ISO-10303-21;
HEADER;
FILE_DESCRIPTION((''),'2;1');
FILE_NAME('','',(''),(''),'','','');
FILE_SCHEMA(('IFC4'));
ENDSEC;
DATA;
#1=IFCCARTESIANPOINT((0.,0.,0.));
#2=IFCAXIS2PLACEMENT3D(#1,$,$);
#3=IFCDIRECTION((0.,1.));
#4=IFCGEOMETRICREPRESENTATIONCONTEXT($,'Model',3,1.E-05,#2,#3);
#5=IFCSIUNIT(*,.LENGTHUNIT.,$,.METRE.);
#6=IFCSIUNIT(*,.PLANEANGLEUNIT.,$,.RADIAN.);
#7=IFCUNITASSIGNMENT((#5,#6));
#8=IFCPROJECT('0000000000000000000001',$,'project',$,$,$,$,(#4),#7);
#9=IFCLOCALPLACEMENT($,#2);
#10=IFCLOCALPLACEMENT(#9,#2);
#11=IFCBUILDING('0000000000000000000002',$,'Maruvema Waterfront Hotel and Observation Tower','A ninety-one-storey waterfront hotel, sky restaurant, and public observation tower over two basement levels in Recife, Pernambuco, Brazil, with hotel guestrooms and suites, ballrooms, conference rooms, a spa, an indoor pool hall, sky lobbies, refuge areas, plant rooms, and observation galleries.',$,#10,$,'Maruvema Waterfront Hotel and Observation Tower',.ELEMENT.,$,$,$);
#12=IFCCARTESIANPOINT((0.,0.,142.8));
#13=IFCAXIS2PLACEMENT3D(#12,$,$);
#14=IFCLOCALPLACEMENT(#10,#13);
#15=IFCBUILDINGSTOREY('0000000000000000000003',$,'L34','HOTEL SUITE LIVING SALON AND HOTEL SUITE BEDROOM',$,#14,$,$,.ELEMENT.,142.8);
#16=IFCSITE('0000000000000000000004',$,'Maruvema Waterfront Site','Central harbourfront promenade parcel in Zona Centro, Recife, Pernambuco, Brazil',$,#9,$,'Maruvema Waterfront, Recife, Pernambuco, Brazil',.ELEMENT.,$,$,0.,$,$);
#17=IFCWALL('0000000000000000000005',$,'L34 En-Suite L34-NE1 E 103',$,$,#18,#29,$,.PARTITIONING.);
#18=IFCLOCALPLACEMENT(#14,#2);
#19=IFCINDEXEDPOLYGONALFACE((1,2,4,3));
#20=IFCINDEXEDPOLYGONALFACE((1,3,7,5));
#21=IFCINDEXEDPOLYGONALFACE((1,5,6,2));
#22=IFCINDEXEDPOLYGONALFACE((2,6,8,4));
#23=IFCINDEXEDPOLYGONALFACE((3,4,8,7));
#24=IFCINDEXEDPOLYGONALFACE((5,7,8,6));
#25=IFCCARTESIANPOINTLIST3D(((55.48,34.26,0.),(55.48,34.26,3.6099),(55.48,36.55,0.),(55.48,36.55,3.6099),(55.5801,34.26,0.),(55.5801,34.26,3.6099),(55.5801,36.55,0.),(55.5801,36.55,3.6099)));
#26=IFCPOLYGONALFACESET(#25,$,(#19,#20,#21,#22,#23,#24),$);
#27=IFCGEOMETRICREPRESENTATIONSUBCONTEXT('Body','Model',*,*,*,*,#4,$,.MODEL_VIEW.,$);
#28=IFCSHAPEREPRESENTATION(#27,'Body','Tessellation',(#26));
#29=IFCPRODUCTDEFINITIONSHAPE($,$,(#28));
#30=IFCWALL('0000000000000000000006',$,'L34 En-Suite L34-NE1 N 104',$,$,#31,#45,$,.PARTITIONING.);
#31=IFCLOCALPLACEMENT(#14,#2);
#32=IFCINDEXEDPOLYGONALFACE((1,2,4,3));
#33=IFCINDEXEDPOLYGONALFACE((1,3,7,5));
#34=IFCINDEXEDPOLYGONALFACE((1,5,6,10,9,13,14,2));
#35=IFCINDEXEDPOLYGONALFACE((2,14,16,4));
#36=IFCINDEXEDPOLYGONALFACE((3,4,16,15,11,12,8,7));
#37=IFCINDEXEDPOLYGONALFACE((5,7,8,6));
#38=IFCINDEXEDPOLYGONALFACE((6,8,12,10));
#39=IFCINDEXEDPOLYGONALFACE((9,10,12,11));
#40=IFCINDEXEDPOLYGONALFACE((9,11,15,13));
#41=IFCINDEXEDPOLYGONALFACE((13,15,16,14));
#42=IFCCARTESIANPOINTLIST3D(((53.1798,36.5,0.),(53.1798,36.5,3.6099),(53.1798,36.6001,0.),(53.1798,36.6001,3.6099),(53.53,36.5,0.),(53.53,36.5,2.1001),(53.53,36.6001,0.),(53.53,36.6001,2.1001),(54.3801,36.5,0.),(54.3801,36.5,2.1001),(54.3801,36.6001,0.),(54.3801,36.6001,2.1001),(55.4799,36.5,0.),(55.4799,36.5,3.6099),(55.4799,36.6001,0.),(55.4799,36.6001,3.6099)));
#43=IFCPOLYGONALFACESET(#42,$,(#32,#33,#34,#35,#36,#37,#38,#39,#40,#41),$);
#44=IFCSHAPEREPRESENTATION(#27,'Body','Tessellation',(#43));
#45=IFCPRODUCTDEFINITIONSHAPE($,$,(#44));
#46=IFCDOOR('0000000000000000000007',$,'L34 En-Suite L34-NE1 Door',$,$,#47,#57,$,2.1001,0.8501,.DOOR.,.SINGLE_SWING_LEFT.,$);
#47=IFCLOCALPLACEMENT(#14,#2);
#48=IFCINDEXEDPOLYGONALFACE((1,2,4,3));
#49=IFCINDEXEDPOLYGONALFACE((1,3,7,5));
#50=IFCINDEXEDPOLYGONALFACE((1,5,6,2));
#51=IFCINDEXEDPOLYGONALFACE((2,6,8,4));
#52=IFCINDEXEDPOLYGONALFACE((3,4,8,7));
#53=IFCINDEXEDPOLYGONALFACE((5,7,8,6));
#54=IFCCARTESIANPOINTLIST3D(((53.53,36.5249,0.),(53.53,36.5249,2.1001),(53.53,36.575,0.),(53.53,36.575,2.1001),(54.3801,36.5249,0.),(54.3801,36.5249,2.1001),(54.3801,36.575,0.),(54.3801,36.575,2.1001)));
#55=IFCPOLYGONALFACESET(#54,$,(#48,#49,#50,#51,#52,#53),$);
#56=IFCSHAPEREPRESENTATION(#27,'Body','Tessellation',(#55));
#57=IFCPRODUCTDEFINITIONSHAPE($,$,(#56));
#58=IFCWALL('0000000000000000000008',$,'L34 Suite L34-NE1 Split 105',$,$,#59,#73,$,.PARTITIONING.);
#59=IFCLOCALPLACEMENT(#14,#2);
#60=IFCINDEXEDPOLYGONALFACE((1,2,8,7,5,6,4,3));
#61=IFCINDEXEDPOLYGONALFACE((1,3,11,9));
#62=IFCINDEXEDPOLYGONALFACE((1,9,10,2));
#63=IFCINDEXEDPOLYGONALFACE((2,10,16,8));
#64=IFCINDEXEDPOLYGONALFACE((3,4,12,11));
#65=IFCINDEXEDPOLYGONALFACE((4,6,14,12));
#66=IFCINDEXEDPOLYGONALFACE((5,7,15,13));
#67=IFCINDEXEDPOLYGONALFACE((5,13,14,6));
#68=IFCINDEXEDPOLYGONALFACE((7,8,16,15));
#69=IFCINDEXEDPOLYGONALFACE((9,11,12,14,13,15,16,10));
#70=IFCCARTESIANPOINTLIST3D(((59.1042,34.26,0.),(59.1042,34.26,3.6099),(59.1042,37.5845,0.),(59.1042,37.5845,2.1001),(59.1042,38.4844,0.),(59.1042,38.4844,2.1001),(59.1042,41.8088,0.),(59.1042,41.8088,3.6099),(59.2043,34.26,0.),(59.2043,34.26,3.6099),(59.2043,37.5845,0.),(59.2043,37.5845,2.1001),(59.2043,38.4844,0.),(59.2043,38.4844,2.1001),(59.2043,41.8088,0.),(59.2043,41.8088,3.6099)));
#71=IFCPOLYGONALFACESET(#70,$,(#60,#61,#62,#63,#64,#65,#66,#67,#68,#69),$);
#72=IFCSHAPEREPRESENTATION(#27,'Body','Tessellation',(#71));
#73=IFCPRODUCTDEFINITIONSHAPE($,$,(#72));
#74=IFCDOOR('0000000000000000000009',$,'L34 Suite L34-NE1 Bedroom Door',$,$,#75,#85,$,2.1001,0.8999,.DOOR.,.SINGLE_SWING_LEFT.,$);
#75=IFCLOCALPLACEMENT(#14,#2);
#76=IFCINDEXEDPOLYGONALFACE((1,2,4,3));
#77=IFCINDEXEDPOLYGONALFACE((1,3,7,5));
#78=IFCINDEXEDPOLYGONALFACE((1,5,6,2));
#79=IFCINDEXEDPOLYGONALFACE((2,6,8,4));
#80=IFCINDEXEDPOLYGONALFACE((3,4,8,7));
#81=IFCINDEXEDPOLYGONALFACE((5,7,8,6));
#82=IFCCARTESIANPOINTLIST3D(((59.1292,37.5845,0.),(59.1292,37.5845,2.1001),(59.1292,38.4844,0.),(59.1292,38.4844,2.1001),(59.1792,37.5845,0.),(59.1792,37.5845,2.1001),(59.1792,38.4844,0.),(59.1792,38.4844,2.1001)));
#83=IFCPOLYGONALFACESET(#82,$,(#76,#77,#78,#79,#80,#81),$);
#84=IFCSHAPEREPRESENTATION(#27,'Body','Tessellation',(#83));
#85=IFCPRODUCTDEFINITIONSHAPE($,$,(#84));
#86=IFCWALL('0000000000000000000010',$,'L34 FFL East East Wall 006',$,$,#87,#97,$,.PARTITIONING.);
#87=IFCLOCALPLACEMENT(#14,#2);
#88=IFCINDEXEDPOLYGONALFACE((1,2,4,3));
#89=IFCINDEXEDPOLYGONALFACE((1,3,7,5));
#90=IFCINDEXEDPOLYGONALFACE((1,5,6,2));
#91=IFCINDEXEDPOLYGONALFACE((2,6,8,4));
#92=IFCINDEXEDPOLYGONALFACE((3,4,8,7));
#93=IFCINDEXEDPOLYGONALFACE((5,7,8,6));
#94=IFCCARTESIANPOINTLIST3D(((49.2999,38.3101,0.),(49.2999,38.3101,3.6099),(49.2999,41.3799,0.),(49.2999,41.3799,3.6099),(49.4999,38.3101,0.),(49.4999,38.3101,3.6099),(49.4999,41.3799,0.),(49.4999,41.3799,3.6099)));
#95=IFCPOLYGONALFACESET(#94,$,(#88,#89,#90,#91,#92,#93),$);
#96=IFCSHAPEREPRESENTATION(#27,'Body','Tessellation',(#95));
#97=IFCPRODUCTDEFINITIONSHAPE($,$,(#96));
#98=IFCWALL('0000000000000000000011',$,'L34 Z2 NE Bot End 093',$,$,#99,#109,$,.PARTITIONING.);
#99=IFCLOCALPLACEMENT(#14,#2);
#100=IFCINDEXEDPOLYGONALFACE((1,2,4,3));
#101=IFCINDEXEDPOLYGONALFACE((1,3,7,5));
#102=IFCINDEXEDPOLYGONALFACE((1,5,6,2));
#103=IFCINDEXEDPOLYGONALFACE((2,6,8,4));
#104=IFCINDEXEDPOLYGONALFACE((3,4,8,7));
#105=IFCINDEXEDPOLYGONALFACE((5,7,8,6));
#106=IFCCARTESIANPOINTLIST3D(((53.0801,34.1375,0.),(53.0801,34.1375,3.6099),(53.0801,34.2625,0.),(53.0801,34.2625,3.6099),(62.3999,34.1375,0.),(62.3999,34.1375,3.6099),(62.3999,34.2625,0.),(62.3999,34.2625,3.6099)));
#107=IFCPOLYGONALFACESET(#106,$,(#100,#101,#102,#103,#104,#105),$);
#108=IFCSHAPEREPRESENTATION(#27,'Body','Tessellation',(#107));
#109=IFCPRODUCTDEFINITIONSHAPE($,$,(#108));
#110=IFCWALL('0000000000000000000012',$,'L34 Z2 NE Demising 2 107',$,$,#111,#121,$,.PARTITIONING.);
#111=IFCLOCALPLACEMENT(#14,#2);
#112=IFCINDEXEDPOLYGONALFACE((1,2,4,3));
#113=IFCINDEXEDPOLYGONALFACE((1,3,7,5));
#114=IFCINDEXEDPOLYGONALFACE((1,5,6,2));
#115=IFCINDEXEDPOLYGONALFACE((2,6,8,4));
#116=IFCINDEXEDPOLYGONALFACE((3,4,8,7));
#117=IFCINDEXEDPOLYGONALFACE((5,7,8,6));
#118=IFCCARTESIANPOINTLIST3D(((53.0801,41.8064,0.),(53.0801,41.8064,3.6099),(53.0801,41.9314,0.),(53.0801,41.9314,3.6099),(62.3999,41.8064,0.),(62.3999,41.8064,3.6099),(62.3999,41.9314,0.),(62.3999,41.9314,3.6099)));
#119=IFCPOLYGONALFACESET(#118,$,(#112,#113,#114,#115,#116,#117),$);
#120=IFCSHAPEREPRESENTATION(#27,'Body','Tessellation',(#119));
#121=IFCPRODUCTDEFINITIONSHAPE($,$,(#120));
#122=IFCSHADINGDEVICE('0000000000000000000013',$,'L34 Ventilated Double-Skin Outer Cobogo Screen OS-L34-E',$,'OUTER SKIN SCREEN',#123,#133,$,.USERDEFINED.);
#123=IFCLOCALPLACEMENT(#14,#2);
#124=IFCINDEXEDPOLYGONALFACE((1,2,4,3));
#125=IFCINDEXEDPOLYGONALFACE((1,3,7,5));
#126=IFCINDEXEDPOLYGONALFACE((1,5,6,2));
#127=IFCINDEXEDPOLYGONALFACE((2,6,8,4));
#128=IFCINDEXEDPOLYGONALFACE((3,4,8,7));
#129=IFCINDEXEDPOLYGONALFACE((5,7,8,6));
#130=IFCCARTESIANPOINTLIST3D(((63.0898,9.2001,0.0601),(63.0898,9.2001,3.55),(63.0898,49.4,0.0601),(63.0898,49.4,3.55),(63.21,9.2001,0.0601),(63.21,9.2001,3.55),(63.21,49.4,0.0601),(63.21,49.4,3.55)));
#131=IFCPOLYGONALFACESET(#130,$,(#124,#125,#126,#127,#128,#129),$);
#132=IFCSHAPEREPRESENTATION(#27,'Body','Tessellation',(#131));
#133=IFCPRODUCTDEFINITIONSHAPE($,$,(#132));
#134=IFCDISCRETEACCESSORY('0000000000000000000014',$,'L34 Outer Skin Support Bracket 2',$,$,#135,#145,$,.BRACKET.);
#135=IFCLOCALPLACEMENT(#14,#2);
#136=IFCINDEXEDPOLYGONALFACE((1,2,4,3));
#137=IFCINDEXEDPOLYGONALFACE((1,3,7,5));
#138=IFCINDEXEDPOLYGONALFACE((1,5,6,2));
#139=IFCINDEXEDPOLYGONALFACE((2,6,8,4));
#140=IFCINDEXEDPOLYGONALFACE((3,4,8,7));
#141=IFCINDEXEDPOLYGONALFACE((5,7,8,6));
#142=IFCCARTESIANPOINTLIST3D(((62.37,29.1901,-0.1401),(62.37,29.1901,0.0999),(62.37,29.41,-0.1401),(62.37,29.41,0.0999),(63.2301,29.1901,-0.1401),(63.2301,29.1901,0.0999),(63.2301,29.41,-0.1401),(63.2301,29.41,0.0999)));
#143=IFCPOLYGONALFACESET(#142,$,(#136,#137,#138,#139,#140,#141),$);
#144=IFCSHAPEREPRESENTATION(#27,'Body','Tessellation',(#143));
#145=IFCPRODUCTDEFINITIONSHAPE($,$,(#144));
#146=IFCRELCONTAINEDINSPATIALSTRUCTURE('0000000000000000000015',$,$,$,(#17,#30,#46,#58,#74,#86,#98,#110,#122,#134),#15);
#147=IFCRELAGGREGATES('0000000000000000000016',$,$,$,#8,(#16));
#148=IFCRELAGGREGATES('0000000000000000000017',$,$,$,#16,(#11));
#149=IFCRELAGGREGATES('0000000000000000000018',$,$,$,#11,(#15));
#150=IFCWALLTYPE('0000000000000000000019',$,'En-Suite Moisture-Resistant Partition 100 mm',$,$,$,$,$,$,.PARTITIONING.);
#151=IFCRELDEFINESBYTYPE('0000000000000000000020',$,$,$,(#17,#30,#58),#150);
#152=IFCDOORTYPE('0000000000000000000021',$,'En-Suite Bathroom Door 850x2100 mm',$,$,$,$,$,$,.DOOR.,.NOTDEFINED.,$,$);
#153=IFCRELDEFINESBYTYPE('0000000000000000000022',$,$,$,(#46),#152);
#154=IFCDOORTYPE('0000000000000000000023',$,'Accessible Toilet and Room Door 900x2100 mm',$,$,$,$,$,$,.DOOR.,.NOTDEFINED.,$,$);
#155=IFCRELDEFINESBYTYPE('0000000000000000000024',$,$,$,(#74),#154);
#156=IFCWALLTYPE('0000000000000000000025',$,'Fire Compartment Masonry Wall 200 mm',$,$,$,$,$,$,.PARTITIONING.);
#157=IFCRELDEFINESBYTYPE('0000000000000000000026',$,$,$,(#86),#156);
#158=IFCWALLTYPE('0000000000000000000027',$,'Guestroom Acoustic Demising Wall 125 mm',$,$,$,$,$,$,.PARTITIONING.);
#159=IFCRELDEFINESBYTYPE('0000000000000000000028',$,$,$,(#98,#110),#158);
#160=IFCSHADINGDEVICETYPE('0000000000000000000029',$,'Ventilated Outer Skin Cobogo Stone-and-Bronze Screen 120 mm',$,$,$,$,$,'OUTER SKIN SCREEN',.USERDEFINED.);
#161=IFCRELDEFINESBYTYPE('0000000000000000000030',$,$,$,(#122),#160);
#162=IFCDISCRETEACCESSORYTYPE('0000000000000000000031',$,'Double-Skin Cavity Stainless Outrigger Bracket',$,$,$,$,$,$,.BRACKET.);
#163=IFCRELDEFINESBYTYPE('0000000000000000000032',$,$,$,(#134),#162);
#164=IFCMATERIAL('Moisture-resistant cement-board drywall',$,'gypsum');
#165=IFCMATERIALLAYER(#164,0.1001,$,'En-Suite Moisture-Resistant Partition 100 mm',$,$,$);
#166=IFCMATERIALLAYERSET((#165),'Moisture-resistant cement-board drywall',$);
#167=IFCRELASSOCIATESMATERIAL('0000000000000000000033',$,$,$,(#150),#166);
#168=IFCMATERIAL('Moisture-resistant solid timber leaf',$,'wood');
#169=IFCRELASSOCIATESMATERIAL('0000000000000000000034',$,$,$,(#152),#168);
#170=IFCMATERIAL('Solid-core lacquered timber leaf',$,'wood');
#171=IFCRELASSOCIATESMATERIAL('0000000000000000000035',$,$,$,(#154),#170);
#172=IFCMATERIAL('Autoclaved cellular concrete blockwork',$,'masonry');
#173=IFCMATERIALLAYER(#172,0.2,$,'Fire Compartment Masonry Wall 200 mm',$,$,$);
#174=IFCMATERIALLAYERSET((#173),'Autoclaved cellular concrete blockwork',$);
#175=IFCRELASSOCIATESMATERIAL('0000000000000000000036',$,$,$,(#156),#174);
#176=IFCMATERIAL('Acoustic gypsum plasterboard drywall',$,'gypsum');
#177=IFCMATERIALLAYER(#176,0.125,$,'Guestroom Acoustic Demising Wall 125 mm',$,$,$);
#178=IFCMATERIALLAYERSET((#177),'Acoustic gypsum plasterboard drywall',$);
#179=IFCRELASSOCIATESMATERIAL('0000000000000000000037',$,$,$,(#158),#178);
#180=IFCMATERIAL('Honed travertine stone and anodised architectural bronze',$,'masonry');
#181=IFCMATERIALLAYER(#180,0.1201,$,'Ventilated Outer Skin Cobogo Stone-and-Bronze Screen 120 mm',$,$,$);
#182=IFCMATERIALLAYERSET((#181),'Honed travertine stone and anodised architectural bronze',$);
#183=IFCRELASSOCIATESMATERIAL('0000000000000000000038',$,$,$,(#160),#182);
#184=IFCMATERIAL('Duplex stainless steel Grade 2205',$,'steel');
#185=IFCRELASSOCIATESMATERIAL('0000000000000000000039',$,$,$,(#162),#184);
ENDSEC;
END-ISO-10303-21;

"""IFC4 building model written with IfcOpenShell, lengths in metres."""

from ifc_helpers import new_model, si_unit, direction, frame, frame_2d, origin, origin_2d, place, context, subcontext, project, spatial, rectangle, extrude, material, layer, layer_set, type_object, element, fill, save


model = new_model("IFC4")

# Units and contexts
model_context = context("Model", 3, precision=1e-05, world=origin(), true_north=direction((0.0, 1.0)))
body_context = subcontext(model_context, "Body", "Model", "MODEL_VIEW")
ifc_project = project(units=[si_unit("LENGTHUNIT", "METRE"), si_unit("PLANEANGLEUNIT", "RADIAN")], contexts=[model_context])

# Site, building, storey
site_placement = place(None, origin())
site = spatial("IfcSite", under=ifc_project, at=site_placement, Name="Maruvema Waterfront Site", Description="Central harbourfront promenade parcel in Zona Centro, Recife, Pernambuco, Brazil", LongName="Maruvema Waterfront, Recife, Pernambuco, Brazil", CompositionType="ELEMENT", RefElevation=0.0)
building_placement = place(site_placement, origin())
building = spatial("IfcBuilding", under=site, at=building_placement, Name="Maruvema Waterfront Hotel and Observation Tower", Description="A ninety-one-storey waterfront hotel, sky restaurant, and public observation tower over two basement levels in Recife, Pernambuco, Brazil, with hotel guestrooms and suites, ballrooms, conference rooms, a spa, an indoor pool hall, sky lobbies, refuge areas, plant rooms, and observation galleries.", LongName="Maruvema Waterfront Hotel and Observation Tower", CompositionType="ELEMENT")
storey_placement = place(building_placement, frame((0.0, 0.0, 142.8)))
storey = spatial("IfcBuildingStorey", under=building, at=storey_placement, Name="L34", Description="HOTEL SUITE LIVING SALON AND HOTEL SUITE BEDROOM", CompositionType="ELEMENT", Elevation=142.8)

# Wall
ifc_material_1 = material(Name="Moisture-resistant cement-board drywall", Category="gypsum")
ifc_layer_1 = layer(ifc_material_1, 0.1001, Name="En-Suite Moisture-Resistant Partition 100 mm")
ifc_layer_set_1 = layer_set([ifc_layer_1], Name="Moisture-resistant cement-board drywall")
wall_type_1 = type_object("IfcWallType", Name="En-Suite Moisture-Resistant Partition 100 mm", PredefinedType="PARTITIONING", material=ifc_layer_set_1)
wall_1_placement = place(storey_placement, frame((55.53, 34.26, 0.0), z_axis=(0.0, 0.0, 1.0), x_axis=(0.0, 1.0, 0.0)))
element("IfcWall", 1, at=wall_1_placement, inside=storey, type_object=wall_type_1, Name="L34 En-Suite L34-NE1 E 103", PredefinedType="PARTITIONING", context=body_context, shape_type="SweptSolid", body=[
    extrude(rectangle(XDim=2.29, YDim=0.1001, at=frame_2d((1.145, 0.0))), origin(), (0.0, 0.0, 1.0), 3.6099),
])

# Walls, openings, doors
wall_2_placement = place(storey_placement, frame((53.1799, 36.55, 0.0), z_axis=(0.0, 0.0, 1.0), x_axis=(1.0, 0.0, 0.0)))
wall_2 = element("IfcWall", 2, at=wall_2_placement, inside=storey, type_object=wall_type_1, Name="L34 En-Suite L34-NE1 N 104", PredefinedType="PARTITIONING", context=body_context, shape_type="SweptSolid", body=[
    extrude(rectangle(XDim=2.3, YDim=0.1001, at=frame_2d((1.1499, 0.0))), origin(), (0.0, 0.0, 1.0), 3.6099),
])
opening_1_placement = place(wall_2_placement, frame((0.3501, 0.0, 0.0)))
opening_1 = element("IfcOpeningElement", 3, at=opening_1_placement, cuts=wall_2, PredefinedType="OPENING", context=body_context, shape_type="SweptSolid", body=[
    extrude(rectangle(XDim=0.8501, YDim=2.1001, at=frame_2d((0.425, 1.05))), frame((0.0, 0.0601, 0.0), z_axis=(0.0, -1.0, 0.0), x_axis=(1.0, 0.0, 0.0)), (0.0, 0.0, 1.0), 0.1201),
])
ifc_material_2 = material(Name="Moisture-resistant solid timber leaf", Category="wood")
door_type_1 = type_object("IfcDoorType", Name="En-Suite Bathroom Door 850x2100 mm", OperationType="NOTDEFINED", PredefinedType="DOOR", material=ifc_material_2)
door_1_placement = place(opening_1_placement, origin())
door_1 = element("IfcDoor", 4, at=door_1_placement, inside=storey, type_object=door_type_1, Name="L34 En-Suite L34-NE1 Door", OperationType="SINGLE_SWING_LEFT", OverallHeight=2.1001, OverallWidth=0.8501, PredefinedType="DOOR", context=body_context, shape_type="SweptSolid", body=[
    extrude(rectangle(XDim=0.8501, YDim=2.1001, at=frame_2d((0.425, 1.05))), frame((0.0, 0.0249, 0.0), z_axis=(0.0, -1.0, 0.0), x_axis=(1.0, 0.0, 0.0)), (0.0, 0.0, 1.0), 0.05),
])
fill(opening_1, door_1)
wall_3_placement = place(storey_placement, frame((59.1543, 34.26, 0.0), z_axis=(0.0, 0.0, 1.0), x_axis=(0.0, 1.0, 0.0)))
wall_3 = element("IfcWall", 5, at=wall_3_placement, inside=storey, type_object=wall_type_1, Name="L34 Suite L34-NE1 Split 105", PredefinedType="PARTITIONING", context=body_context, shape_type="SweptSolid", body=[
    extrude(rectangle(XDim=7.5488, YDim=0.1001, at=frame_2d((3.7744, 0.0))), origin(), (0.0, 0.0, 1.0), 3.6099),
])
opening_2_placement = place(wall_3_placement, frame((3.3245, 0.0, 0.0)))
opening_2 = element("IfcOpeningElement", 6, at=opening_2_placement, cuts=wall_3, PredefinedType="OPENING", context=body_context, shape_type="SweptSolid", body=[
    extrude(rectangle(XDim=0.8999, YDim=2.1001, at=frame_2d((0.45, 1.05))), frame((0.0, 0.0601, 0.0), z_axis=(0.0, -1.0, 0.0), x_axis=(1.0, 0.0, 0.0)), (0.0, 0.0, 1.0), 0.1201),
])
ifc_material_3 = material(Name="Solid-core lacquered timber leaf", Category="wood")
door_type_2 = type_object("IfcDoorType", Name="Accessible Toilet and Room Door 900x2100 mm", OperationType="NOTDEFINED", PredefinedType="DOOR", material=ifc_material_3)
door_2_placement = place(opening_2_placement, frame((0.8999, 0.0, 0.0), z_axis=(0.0, 0.0, 1.0), x_axis=(-1.0, 0.0, 0.0)))
door_2 = element("IfcDoor", 7, at=door_2_placement, inside=storey, type_object=door_type_2, Name="L34 Suite L34-NE1 Bedroom Door", OperationType="SINGLE_SWING_LEFT", OverallHeight=2.1001, OverallWidth=0.8999, PredefinedType="DOOR", context=body_context, shape_type="SweptSolid", body=[
    extrude(rectangle(XDim=0.8999, YDim=2.1001, at=frame_2d((0.45, 1.05))), frame((0.0, 0.0249, 0.0), z_axis=(0.0, -1.0, 0.0), x_axis=(1.0, 0.0, 0.0)), (0.0, 0.0, 1.0), 0.05),
])
fill(opening_2, door_2)

# Walls
ifc_material_4 = material(Name="Autoclaved cellular concrete blockwork", Category="masonry")
ifc_layer_2 = layer(ifc_material_4, 0.2, Name="Fire Compartment Masonry Wall 200 mm")
ifc_layer_set_2 = layer_set([ifc_layer_2], Name="Autoclaved cellular concrete blockwork")
wall_type_2 = type_object("IfcWallType", Name="Fire Compartment Masonry Wall 200 mm", PredefinedType="PARTITIONING", material=ifc_layer_set_2)
wall_4_placement = place(storey_placement, frame((49.3999, 38.3101, 0.0), z_axis=(0.0, 0.0, 1.0), x_axis=(0.0, 1.0, 0.0)))
element("IfcWall", 8, at=wall_4_placement, inside=storey, type_object=wall_type_2, Name="L34 FFL East East Wall 006", PredefinedType="PARTITIONING", context=body_context, shape_type="SweptSolid", body=[
    extrude(rectangle(XDim=3.0698, YDim=0.2, at=frame_2d((1.5349, 0.0))), origin(), (0.0, 0.0, 1.0), 3.6099),
])
ifc_material_5 = material(Name="Acoustic gypsum plasterboard drywall", Category="gypsum")
ifc_layer_3 = layer(ifc_material_5, 0.125, Name="Guestroom Acoustic Demising Wall 125 mm")
ifc_layer_set_3 = layer_set([ifc_layer_3], Name="Acoustic gypsum plasterboard drywall")
wall_type_3 = type_object("IfcWallType", Name="Guestroom Acoustic Demising Wall 125 mm", PredefinedType="PARTITIONING", material=ifc_layer_set_3)
for number, where, z_axis, x_axis, name in (
    (9, (53.0801, 34.2, 0.0), (0.0, 0.0, 1.0), (1.0, 0.0, 0.0), "L34 Z2 NE Bot End 093"),
    (10, (53.0801, 41.8689, 0.0), (0.0, 0.0, 1.0), (1.0, 0.0, 0.0), "L34 Z2 NE Demising 2 107"),
):
    element("IfcWall", number, at=place(storey_placement, frame(where, z_axis=z_axis, x_axis=x_axis)), inside=storey, type_object=wall_type_3, Name=name, PredefinedType="PARTITIONING", context=body_context, shape_type="SweptSolid", body=[
        extrude(rectangle(XDim=9.3198, YDim=0.125, at=frame_2d((4.6599, 0.0))), origin(), (0.0, 0.0, 1.0), 3.6099),
    ])

# Shading device
ifc_material_6 = material(Name="Honed travertine stone and anodised architectural bronze", Category="masonry")
ifc_layer_4 = layer(ifc_material_6, 0.1201, Name="Ventilated Outer Skin Cobogo Stone-and-Bronze Screen 120 mm")
ifc_layer_set_4 = layer_set([ifc_layer_4], Name="Honed travertine stone and anodised architectural bronze")
shading_device_type = type_object("IfcShadingDeviceType", Name="Ventilated Outer Skin Cobogo Stone-and-Bronze Screen 120 mm", ElementType="OUTER SKIN SCREEN", PredefinedType="USERDEFINED", material=ifc_layer_set_4)
shading_device_placement = place(storey_placement, frame((63.1499, 29.3, 0.0601), z_axis=(0.0, 0.0, 1.0), x_axis=(0.0, 1.0, 0.0)))
element("IfcShadingDevice", 11, at=shading_device_placement, inside=storey, type_object=shading_device_type, Name="L34 Ventilated Double-Skin Outer Cobogo Screen OS-L34-E", ObjectType="OUTER SKIN SCREEN", PredefinedType="USERDEFINED", context=body_context, shape_type="SweptSolid", body=[
    extrude(rectangle(XDim=40.2, YDim=0.1201, at=origin_2d()), origin(), (0.0, 0.0, 1.0), 3.49),
])

# Discrete accessory
ifc_material_7 = material(Name="Duplex stainless steel Grade 2205", Category="steel")
discrete_accessory_type = type_object("IfcDiscreteAccessoryType", Name="Double-Skin Cavity Stainless Outrigger Bracket", PredefinedType="BRACKET", material=ifc_material_7)
discrete_accessory_placement = place(storey_placement, frame((62.8, 29.3, -0.1401), z_axis=(0.0, 0.0, 1.0), x_axis=(0.0, 1.0, 0.0)))
element("IfcDiscreteAccessory", 12, at=discrete_accessory_placement, inside=storey, type_object=discrete_accessory_type, Name="L34 Outer Skin Support Bracket 2", PredefinedType="BRACKET", context=body_context, shape_type="SweptSolid", body=[
    extrude(rectangle(XDim=0.22, YDim=0.8601, at=origin_2d()), origin(), (0.0, 0.0, 1.0), 0.24),
])

save(model, "model.ifc")
